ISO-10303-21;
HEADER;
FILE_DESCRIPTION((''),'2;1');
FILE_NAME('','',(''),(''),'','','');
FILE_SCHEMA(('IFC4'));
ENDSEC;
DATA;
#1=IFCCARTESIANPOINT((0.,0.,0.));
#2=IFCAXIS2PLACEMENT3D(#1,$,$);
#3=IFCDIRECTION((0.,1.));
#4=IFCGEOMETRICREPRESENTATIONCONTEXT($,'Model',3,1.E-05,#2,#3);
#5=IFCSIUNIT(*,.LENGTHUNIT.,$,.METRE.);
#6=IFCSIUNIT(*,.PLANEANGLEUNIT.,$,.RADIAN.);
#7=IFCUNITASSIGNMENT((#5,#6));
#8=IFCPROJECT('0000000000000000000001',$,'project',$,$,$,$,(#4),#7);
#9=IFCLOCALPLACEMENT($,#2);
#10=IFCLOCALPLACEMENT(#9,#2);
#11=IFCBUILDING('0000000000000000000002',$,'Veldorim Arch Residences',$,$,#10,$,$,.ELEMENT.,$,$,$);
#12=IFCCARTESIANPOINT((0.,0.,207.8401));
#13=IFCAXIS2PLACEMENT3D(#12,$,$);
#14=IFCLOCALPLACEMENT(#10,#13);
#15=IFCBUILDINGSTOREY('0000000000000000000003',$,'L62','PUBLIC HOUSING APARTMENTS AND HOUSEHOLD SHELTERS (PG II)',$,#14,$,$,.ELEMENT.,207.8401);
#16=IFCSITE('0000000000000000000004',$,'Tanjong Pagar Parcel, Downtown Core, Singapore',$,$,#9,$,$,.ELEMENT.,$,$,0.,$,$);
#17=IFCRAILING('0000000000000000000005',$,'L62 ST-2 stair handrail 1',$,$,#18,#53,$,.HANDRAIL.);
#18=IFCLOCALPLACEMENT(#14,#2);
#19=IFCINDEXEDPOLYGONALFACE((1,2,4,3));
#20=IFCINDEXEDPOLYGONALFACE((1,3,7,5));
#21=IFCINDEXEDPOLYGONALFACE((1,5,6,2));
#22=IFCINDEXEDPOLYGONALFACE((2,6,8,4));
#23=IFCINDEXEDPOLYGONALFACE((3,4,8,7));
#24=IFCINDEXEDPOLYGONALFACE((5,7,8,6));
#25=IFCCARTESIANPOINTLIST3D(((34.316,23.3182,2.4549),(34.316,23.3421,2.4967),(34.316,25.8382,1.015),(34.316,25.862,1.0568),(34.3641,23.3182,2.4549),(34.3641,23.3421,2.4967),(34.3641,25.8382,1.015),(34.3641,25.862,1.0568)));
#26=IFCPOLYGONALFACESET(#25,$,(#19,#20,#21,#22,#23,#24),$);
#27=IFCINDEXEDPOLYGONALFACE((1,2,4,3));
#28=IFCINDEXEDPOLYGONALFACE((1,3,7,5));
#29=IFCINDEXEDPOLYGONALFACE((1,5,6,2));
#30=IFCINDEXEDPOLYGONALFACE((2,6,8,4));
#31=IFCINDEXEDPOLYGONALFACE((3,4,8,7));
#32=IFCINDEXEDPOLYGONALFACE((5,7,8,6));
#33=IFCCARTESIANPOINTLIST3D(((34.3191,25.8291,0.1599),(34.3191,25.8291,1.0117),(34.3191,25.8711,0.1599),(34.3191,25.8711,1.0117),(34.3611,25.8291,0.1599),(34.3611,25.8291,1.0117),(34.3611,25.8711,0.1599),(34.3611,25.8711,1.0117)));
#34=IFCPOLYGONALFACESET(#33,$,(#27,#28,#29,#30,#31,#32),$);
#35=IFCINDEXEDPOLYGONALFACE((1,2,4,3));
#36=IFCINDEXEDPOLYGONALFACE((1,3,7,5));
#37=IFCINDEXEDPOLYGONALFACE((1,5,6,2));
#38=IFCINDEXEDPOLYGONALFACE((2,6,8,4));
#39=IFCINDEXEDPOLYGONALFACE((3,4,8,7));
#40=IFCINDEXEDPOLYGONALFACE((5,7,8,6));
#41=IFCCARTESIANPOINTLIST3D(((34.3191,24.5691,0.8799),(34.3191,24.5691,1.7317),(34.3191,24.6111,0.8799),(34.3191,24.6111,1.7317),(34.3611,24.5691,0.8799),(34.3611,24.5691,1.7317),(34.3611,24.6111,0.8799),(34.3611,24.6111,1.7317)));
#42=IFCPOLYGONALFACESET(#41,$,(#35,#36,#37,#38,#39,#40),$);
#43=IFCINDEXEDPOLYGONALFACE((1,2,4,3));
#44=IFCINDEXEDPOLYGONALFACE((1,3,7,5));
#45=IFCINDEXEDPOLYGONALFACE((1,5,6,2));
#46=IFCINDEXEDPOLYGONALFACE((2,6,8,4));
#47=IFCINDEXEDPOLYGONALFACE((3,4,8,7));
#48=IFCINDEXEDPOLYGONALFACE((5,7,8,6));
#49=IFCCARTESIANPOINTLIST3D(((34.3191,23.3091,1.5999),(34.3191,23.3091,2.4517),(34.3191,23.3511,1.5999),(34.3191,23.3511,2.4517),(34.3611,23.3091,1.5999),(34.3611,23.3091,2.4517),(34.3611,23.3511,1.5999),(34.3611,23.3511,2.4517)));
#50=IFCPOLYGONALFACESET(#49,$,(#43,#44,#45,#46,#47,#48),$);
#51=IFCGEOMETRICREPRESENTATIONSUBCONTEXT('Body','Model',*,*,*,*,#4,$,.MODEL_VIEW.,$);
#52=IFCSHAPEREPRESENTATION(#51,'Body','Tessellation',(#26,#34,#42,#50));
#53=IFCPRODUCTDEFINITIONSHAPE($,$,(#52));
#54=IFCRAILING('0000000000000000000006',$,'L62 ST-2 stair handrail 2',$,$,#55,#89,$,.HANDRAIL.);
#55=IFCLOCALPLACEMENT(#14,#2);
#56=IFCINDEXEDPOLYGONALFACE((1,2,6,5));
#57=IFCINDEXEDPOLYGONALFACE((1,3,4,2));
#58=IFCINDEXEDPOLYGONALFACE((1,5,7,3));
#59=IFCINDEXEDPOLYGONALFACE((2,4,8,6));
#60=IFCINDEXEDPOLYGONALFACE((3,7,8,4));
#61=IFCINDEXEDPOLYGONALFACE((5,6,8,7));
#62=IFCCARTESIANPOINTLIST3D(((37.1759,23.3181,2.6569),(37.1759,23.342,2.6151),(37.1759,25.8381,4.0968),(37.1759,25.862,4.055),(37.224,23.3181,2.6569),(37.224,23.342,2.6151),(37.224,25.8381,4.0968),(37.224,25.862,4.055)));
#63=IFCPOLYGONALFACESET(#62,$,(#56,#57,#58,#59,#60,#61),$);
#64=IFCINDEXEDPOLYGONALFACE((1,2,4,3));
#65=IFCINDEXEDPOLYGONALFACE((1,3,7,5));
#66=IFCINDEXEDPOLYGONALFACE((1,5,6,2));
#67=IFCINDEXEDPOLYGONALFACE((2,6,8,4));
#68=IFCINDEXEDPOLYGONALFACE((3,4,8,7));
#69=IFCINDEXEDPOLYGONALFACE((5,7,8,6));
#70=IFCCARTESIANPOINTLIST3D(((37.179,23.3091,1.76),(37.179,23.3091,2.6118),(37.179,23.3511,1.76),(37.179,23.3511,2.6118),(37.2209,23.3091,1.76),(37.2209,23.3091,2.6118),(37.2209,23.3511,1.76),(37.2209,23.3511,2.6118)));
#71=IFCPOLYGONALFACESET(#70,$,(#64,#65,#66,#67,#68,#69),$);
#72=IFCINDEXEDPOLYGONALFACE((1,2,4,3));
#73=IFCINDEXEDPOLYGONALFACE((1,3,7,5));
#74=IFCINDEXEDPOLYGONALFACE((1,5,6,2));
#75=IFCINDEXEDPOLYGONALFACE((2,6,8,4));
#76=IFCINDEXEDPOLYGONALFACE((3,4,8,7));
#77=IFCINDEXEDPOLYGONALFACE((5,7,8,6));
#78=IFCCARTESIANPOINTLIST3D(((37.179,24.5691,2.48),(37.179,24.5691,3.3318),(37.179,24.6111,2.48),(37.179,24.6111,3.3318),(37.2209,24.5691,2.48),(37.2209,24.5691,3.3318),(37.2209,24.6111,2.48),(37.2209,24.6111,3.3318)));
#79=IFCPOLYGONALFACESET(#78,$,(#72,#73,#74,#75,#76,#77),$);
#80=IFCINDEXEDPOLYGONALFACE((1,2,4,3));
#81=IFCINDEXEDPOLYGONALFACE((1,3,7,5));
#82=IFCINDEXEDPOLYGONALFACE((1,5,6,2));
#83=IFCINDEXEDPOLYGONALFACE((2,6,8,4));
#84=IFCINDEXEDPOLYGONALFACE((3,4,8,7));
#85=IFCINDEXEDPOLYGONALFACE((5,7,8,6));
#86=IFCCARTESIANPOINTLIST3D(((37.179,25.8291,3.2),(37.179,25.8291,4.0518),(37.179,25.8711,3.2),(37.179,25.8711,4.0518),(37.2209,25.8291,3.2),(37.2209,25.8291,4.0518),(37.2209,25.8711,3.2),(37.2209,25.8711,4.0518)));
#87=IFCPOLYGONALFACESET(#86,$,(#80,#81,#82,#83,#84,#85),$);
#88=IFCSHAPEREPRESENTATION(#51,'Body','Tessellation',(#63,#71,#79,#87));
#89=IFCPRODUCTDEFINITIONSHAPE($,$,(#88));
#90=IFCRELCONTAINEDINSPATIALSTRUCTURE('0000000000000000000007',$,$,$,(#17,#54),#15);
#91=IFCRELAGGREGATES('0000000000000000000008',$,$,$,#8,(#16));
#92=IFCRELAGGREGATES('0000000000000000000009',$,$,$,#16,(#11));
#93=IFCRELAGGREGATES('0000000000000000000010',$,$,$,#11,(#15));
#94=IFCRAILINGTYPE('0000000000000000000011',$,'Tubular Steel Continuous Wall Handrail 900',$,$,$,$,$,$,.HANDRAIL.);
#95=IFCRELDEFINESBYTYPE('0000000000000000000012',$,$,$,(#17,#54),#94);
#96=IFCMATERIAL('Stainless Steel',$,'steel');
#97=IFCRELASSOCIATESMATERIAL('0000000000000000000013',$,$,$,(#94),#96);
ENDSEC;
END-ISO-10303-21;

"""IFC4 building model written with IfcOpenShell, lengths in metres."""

from ifc_helpers import new_model, si_unit, direction, frame, origin, origin_2d, place, context, subcontext, project, spatial, rectangle, extrude, material, type_object, element, save


model = new_model("IFC4")

# Units and contexts
model_context = context("Model", 3, precision=1e-05, world=origin(), true_north=direction((0.0, 1.0)))
body_context = subcontext(model_context, "Body", "Model", "MODEL_VIEW")
ifc_project = project(units=[si_unit("LENGTHUNIT", "METRE"), si_unit("PLANEANGLEUNIT", "RADIAN")], contexts=[model_context])

# Site, building, storey
site_placement = place(None, origin())
site = spatial("IfcSite", under=ifc_project, at=site_placement, Name="Tanjong Pagar Parcel, Downtown Core, Singapore", CompositionType="ELEMENT", RefElevation=0.0)
building_placement = place(site_placement, origin())
building = spatial("IfcBuilding", under=site, at=building_placement, Name="Veldorim Arch Residences", CompositionType="ELEMENT")
storey_placement = place(building_placement, frame((0.0, 0.0, 207.8401)))
storey = spatial("IfcBuildingStorey", under=building, at=storey_placement, Name="L62", Description="PUBLIC HOUSING APARTMENTS AND HOUSEHOLD SHELTERS (PG II)", CompositionType="ELEMENT", Elevation=207.8401)

# Railings
ifc_material_1 = material(Name="Stainless Steel", Category="steel")
railing_type_1 = type_object("IfcRailingType", Name="Tubular Steel Continuous Wall Handrail 900", PredefinedType="HANDRAIL", material=ifc_material_1)
railing_1_placement = place(storey_placement, frame((34.3401, 25.8501, 0.1599)))
element("IfcRailing", 1, at=railing_1_placement, inside=storey, type_object=railing_type_1, Name="L62 ST-2 stair handrail 1", PredefinedType="HANDRAIL", context=body_context, shape_type="SweptSolid", body=[
    extrude(rectangle(XDim=0.0481, YDim=0.0481, at=origin_2d()), frame((0.0, 0.0, 0.876), z_axis=(0.0, -0.868253, 0.496121), x_axis=(1.0, 0.0, 0.0)), (0.0, 0.0, 1.0), 2.9023),
    extrude(rectangle(XDim=0.042, YDim=0.042, at=origin_2d()), origin(), (0.0, 0.0, 1.0), 0.8518),
    extrude(rectangle(XDim=0.042, YDim=0.042, at=origin_2d()), frame((0.0, -1.26, 0.72)), (0.0, 0.0, 1.0), 0.8518),
    extrude(rectangle(XDim=0.042, YDim=0.042, at=origin_2d()), frame((0.0, -2.52, 1.4399)), (0.0, 0.0, 1.0), 0.8518),
])
railing_2_placement = place(storey_placement, frame((37.2, 23.3301, 1.76)))
element("IfcRailing", 2, at=railing_2_placement, inside=storey, type_object=railing_type_1, Name="L62 ST-2 stair handrail 2", PredefinedType="HANDRAIL", context=body_context, shape_type="SweptSolid", body=[
    extrude(rectangle(XDim=0.0481, YDim=0.0481, at=origin_2d()), frame((0.0, 0.0, 0.876), z_axis=(0.0, 0.868253, 0.496121), x_axis=(-1.0, 0.0, 0.0)), (0.0, 0.0, 1.0), 2.9023),
    extrude(rectangle(XDim=0.042, YDim=0.042, at=origin_2d()), origin(), (0.0, 0.0, 1.0), 0.8518),
    extrude(rectangle(XDim=0.042, YDim=0.042, at=origin_2d()), frame((0.0, 1.26, 0.72)), (0.0, 0.0, 1.0), 0.8518),
    extrude(rectangle(XDim=0.042, YDim=0.042, at=origin_2d()), frame((0.0, 2.52, 1.4399)), (0.0, 0.0, 1.0), 0.8518),
])

save(model, "model.ifc")
